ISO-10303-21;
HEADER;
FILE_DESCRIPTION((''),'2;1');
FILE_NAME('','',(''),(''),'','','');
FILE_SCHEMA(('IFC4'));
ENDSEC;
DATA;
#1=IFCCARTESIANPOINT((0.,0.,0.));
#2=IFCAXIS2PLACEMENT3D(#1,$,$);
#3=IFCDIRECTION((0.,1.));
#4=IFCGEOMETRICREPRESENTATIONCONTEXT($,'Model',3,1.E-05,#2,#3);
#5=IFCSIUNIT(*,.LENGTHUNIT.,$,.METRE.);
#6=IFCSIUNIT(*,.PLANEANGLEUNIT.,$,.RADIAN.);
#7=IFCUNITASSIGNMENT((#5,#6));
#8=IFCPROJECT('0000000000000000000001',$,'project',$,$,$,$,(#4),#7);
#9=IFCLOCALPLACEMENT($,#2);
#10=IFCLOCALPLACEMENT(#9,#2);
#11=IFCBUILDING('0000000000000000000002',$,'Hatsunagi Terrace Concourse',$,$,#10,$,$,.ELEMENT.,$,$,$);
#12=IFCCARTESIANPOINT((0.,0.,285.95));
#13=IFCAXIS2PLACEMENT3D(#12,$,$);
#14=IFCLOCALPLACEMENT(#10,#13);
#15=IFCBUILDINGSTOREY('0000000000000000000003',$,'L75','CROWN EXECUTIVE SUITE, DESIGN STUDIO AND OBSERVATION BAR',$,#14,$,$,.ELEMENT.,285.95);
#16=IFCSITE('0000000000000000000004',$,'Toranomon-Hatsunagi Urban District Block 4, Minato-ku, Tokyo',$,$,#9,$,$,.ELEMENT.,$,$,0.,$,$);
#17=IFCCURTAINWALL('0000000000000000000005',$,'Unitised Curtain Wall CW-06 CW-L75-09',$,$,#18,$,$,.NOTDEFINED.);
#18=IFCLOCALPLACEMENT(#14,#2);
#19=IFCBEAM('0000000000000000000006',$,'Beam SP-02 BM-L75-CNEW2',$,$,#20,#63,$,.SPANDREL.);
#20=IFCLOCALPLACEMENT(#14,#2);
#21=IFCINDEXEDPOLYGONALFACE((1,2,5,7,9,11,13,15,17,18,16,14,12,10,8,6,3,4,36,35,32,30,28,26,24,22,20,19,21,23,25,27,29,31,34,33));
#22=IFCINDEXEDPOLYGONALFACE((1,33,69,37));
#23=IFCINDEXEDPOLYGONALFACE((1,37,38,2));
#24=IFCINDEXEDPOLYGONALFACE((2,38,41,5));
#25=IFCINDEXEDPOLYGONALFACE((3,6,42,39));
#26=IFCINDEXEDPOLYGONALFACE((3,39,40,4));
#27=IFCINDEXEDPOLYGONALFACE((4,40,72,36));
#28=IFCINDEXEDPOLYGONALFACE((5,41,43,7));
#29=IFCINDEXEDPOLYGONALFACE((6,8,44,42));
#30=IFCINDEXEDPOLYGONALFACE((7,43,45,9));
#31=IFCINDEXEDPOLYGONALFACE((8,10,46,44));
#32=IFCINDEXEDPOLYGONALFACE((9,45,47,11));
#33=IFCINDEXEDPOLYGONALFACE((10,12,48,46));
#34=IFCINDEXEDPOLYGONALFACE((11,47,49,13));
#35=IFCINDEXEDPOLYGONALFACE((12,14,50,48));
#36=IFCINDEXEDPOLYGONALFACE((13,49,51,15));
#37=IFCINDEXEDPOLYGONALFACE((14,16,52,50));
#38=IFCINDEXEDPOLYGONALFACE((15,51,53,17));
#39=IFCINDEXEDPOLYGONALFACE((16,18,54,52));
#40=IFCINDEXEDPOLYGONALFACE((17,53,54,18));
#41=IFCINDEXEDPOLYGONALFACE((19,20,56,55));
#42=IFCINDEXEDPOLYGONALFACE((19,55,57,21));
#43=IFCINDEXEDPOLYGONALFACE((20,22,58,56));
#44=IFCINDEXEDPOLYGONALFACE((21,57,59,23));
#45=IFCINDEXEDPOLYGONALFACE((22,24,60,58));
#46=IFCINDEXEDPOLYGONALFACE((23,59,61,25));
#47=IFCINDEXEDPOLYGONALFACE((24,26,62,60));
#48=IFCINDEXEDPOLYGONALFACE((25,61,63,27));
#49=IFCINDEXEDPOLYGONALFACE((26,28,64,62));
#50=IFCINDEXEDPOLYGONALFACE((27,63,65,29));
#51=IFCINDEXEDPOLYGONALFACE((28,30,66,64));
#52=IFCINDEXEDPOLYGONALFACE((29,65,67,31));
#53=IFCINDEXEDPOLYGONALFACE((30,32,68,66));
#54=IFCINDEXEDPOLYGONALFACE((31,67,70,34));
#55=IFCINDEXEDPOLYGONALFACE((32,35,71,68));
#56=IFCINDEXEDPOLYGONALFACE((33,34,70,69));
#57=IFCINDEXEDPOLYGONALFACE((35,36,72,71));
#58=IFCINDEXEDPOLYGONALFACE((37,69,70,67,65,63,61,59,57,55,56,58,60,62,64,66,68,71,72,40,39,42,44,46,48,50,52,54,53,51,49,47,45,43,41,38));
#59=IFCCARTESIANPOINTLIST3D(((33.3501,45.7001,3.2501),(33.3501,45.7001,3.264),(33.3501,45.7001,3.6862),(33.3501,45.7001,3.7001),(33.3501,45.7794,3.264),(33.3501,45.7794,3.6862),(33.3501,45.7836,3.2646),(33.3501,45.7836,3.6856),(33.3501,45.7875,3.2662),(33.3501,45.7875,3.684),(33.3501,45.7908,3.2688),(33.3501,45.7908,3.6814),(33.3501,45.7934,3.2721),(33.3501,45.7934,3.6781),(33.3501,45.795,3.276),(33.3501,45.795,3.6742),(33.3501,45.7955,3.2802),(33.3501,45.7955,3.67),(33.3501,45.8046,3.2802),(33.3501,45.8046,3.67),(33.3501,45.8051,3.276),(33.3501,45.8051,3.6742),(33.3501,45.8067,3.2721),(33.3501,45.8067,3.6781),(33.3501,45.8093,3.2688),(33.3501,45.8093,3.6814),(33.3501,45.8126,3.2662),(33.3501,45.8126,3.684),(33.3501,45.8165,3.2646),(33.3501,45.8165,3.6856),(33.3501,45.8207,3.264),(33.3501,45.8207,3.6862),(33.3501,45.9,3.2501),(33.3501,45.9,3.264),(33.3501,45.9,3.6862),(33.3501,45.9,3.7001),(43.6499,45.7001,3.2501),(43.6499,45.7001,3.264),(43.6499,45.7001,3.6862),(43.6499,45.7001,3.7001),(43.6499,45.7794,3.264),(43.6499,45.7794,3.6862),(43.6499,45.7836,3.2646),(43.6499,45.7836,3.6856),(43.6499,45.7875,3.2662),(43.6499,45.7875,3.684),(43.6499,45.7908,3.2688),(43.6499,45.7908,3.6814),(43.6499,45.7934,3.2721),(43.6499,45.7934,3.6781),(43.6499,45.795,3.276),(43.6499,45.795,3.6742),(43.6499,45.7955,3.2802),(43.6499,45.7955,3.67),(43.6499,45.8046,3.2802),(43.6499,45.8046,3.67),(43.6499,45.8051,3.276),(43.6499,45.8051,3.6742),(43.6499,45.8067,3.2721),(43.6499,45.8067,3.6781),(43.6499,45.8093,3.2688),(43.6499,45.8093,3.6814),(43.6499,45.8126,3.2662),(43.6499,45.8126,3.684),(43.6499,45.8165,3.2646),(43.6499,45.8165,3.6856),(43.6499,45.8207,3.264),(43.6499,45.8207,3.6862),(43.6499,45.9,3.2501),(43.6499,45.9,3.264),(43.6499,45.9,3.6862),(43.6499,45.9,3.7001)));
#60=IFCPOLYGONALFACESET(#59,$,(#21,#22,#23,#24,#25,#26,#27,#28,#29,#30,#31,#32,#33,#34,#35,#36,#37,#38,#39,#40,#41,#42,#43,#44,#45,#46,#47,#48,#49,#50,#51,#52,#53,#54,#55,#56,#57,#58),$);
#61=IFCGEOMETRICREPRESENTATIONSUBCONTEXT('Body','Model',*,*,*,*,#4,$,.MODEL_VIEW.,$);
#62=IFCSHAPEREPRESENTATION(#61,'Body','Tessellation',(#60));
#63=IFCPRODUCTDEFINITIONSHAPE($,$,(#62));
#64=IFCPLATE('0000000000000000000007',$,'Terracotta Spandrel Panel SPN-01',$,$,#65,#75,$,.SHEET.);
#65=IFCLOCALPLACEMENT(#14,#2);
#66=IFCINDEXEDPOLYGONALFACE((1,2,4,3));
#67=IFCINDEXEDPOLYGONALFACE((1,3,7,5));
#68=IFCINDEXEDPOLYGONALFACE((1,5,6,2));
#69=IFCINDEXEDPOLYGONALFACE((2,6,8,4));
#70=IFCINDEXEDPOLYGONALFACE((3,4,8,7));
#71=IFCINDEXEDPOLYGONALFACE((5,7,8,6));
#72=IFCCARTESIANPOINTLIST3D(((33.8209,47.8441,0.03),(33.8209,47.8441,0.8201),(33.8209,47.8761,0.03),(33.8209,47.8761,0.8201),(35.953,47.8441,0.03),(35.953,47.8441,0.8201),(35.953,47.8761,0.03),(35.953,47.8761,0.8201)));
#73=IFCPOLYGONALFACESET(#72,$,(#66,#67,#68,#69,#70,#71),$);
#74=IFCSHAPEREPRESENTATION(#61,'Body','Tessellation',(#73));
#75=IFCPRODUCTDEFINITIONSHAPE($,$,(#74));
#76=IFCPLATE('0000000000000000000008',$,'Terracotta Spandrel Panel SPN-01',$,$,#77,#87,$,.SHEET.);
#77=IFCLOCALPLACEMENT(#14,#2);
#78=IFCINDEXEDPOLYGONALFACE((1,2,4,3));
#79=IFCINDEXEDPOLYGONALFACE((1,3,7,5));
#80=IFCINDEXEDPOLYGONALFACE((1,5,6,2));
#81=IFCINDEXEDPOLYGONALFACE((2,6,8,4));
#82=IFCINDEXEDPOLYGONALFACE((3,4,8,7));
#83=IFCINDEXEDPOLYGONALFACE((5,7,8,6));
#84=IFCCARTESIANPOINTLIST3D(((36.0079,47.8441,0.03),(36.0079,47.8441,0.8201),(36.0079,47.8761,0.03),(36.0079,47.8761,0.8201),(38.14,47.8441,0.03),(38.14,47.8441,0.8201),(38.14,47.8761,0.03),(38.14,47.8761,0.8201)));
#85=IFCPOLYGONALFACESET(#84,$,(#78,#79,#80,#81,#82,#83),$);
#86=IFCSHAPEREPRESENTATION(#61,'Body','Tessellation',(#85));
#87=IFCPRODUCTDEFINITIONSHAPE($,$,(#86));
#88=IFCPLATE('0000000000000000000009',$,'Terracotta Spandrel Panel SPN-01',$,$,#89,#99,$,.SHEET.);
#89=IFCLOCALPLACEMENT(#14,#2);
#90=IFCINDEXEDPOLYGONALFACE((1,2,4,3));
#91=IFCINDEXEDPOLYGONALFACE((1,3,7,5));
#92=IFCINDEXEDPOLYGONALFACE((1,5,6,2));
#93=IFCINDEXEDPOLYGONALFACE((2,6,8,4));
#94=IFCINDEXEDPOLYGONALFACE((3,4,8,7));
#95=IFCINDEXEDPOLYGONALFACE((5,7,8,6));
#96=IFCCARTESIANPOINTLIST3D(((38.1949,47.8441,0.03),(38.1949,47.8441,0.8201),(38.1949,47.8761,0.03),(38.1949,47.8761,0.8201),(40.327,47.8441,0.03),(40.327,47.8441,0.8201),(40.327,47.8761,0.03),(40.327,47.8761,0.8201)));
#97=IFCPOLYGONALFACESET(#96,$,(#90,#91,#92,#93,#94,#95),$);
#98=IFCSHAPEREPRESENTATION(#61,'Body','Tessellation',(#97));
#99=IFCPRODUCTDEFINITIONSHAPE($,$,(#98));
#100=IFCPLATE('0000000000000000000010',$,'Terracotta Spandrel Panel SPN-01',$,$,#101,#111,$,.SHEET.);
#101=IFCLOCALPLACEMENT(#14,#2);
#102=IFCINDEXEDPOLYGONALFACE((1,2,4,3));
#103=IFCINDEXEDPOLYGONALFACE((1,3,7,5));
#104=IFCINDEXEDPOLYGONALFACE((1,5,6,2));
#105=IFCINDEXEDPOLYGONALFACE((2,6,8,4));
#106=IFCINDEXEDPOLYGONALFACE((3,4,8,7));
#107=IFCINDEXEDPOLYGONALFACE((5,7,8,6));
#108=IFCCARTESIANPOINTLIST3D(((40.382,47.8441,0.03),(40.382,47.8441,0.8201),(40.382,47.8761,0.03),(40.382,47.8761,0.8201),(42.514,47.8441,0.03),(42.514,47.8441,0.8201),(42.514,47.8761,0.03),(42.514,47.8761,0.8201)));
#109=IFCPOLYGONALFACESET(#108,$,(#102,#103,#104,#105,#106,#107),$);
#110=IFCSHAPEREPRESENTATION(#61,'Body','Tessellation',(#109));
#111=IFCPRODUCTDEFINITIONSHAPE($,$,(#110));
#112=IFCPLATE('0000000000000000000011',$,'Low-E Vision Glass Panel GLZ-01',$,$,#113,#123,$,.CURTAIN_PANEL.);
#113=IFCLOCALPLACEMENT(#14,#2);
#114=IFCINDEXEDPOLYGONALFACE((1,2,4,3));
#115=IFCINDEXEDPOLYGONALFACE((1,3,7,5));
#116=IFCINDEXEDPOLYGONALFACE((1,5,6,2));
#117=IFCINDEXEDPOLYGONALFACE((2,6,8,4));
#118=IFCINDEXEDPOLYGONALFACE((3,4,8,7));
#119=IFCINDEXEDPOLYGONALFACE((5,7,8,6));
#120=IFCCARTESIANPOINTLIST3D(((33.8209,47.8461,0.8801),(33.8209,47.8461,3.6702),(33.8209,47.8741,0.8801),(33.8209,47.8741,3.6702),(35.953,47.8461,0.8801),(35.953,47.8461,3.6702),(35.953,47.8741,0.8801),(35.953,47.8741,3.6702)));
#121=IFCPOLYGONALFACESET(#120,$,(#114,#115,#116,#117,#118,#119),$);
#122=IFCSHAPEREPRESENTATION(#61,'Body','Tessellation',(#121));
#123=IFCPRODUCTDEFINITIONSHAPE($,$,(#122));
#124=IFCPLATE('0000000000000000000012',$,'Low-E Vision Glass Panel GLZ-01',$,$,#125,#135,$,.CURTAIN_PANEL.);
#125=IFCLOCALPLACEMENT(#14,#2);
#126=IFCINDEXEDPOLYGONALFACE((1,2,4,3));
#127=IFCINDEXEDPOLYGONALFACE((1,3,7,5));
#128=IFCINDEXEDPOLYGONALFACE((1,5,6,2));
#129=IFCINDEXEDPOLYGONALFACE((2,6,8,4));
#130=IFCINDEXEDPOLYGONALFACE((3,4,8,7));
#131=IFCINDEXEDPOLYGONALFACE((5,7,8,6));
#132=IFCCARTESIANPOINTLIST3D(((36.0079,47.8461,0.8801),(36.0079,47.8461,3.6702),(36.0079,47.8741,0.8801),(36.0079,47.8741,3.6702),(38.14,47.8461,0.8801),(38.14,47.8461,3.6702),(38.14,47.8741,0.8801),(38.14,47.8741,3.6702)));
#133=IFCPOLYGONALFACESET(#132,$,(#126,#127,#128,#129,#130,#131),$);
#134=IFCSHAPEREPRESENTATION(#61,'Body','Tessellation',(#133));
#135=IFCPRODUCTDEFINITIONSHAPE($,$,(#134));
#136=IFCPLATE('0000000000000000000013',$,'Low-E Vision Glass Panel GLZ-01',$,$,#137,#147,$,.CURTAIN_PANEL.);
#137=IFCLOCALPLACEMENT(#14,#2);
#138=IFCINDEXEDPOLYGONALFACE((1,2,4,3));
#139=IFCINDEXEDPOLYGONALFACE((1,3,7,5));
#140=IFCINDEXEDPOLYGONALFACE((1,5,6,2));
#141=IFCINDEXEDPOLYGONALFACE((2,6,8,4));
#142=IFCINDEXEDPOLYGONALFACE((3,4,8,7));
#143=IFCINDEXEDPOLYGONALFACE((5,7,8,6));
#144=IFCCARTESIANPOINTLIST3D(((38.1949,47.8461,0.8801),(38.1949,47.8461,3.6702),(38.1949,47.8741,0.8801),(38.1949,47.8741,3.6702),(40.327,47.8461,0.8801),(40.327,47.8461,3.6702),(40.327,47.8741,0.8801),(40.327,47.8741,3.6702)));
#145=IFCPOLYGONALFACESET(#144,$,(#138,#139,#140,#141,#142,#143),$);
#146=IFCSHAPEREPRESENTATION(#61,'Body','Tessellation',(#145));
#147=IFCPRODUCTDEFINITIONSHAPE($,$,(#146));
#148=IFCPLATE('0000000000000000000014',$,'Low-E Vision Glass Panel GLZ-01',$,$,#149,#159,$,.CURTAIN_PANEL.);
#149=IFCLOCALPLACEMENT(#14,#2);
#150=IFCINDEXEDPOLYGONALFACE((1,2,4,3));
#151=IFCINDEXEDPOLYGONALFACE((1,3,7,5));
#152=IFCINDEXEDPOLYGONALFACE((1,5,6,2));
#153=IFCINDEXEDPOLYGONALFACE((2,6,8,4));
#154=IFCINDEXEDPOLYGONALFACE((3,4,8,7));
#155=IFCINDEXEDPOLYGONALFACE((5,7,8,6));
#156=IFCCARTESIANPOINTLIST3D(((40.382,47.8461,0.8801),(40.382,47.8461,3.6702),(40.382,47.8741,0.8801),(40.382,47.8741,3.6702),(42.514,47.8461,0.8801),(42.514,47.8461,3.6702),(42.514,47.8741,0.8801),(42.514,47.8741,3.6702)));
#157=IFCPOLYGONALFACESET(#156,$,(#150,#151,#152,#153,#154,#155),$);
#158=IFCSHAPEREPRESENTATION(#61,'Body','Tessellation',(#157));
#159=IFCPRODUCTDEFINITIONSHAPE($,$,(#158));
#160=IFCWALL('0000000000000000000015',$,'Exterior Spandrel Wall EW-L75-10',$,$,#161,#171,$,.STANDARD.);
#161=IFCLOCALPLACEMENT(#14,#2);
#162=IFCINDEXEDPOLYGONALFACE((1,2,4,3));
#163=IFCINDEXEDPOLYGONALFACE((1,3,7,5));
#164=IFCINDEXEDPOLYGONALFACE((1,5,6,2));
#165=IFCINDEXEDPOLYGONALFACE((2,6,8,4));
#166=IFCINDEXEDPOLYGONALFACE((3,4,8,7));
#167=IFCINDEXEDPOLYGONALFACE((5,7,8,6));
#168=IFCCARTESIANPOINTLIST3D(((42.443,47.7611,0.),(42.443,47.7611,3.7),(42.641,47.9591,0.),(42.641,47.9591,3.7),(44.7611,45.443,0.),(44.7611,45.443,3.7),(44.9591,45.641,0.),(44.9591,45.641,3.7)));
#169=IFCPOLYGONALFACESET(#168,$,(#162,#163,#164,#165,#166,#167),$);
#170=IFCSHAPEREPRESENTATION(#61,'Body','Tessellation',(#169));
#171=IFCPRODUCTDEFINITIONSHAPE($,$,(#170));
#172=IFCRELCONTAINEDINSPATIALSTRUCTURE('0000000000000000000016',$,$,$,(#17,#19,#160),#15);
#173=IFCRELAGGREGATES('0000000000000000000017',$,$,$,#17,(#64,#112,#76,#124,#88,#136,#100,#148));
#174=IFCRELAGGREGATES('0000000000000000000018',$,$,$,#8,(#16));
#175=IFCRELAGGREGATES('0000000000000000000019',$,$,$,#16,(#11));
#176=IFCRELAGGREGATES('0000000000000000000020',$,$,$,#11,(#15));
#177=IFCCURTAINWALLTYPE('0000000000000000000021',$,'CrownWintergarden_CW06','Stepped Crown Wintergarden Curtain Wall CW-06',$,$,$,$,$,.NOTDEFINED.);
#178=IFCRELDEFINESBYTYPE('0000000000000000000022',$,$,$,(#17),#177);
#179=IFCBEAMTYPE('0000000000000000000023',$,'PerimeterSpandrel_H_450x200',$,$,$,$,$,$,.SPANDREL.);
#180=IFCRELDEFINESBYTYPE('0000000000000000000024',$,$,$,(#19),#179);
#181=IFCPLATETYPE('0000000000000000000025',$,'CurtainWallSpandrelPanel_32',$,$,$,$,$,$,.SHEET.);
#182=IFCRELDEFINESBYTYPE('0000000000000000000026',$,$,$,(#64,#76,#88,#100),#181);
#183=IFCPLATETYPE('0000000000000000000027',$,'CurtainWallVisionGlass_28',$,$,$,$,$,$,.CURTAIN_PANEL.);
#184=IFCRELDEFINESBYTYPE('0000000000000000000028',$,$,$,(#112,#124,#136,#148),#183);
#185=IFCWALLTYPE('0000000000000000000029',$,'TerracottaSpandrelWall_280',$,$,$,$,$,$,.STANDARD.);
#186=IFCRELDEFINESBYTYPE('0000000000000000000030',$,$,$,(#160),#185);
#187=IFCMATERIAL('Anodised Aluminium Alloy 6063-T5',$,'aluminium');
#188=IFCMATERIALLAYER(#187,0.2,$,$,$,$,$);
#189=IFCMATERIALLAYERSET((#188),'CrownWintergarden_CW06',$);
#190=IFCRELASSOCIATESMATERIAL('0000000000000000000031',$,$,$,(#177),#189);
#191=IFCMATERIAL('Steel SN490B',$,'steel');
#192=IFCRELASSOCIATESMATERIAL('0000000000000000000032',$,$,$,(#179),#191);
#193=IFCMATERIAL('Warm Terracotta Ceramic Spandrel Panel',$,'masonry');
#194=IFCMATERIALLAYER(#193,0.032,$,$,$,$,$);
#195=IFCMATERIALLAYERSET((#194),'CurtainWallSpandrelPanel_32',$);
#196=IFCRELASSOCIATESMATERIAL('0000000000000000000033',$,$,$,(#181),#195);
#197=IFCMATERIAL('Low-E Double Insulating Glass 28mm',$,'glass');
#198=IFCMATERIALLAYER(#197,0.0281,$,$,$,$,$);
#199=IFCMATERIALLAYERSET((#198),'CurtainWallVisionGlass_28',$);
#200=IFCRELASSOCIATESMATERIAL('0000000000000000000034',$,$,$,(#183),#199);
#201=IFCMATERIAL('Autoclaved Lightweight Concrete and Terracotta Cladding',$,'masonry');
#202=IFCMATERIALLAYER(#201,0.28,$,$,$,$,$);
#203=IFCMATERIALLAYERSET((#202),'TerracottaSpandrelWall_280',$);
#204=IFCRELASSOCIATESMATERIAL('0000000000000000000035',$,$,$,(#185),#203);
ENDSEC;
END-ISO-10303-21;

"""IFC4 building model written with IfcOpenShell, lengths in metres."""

from ifc_helpers import new_model, si_unit, direction, frame, frame_2d, origin, origin_2d, place, context, subcontext, project, spatial, rectangle, i_section, extrude, material, layer, layer_set, material_profile, profile_set, type_object, element, aggregate, save


model = new_model("IFC4")

# Units and contexts
model_context = context("Model", 3, precision=1e-05, world=origin(), true_north=direction((0.0, 1.0)))
body_context = subcontext(model_context, "Body", "Model", "MODEL_VIEW")
ifc_project = project(units=[si_unit("LENGTHUNIT", "METRE"), si_unit("PLANEANGLEUNIT", "RADIAN")], contexts=[model_context])

# Site, building, storey
site_placement = place(None, origin())
site = spatial("IfcSite", under=ifc_project, at=site_placement, Name="Toranomon-Hatsunagi Urban District Block 4, Minato-ku, Tokyo", CompositionType="ELEMENT", RefElevation=0.0)
building_placement = place(site_placement, origin())
building = spatial("IfcBuilding", under=site, at=building_placement, Name="Hatsunagi Terrace Concourse", CompositionType="ELEMENT")
storey_placement = place(building_placement, frame((0.0, 0.0, 285.95)))
storey = spatial("IfcBuildingStorey", under=building, at=storey_placement, Name="L75", Description="CROWN EXECUTIVE SUITE, DESIGN STUDIO AND OBSERVATION BAR", CompositionType="ELEMENT", Elevation=285.95)

# Curtain wall
ifc_material_1 = material(Name="Anodised Aluminium Alloy 6063-T5", Category="aluminium")
ifc_layer_1 = layer(ifc_material_1, 0.2)
ifc_layer_set_1 = layer_set([ifc_layer_1], Name="CrownWintergarden_CW06")
curtain_wall_type = type_object("IfcCurtainWallType", Name="CrownWintergarden_CW06", Description="Stepped Crown Wintergarden Curtain Wall CW-06", PredefinedType="NOTDEFINED", material=ifc_layer_set_1)
curtain_wall_placement = place(storey_placement, origin())
curtain_wall = element("IfcCurtainWall", 1, at=curtain_wall_placement, inside=storey, type_object=curtain_wall_type, Name="Unitised Curtain Wall CW-06 CW-L75-09", PredefinedType="NOTDEFINED")

# Beam
ifc_material_2 = material(Name="Steel SN490B", Category="steel")
ifc_material_profile_1 = material_profile(ifc_material_2, i_section(OverallWidth=0.2, OverallDepth=0.45, WebThickness=0.009, FlangeThickness=0.0139, FilletRadius=0.0161, at=origin_2d()), Name="H-450x200x9x14")
ifc_profile_set_1 = profile_set([ifc_material_profile_1], Name="Steel SN490B")
beam_type_1 = type_object("IfcBeamType", Name="PerimeterSpandrel_H_450x200", PredefinedType="SPANDREL", material=ifc_profile_set_1)
beam_1_placement = place(storey_placement, frame((33.3501, 45.8, 3.4751), z_axis=(1.0, 0.0, 0.0), x_axis=(0.0, 1.0, 0.0)))
element("IfcBeam", 2, at=beam_1_placement, inside=storey, type_object=beam_type_1, Name="Beam SP-02 BM-L75-CNEW2", PredefinedType="SPANDREL", context=body_context, shape_type="SweptSolid", body=[
    extrude(i_section(OverallWidth=0.2, OverallDepth=0.45, WebThickness=0.009, FlangeThickness=0.0139, FilletRadius=0.0161, at=origin_2d()), origin(), (0.0, 0.0, 1.0), 10.2998),
])

# Plates
ifc_material_3 = material(Name="Warm Terracotta Ceramic Spandrel Panel", Category="masonry")
ifc_layer_2 = layer(ifc_material_3, 0.032)
ifc_layer_set_2 = layer_set([ifc_layer_2], Name="CurtainWallSpandrelPanel_32")
plate_type_1 = type_object("IfcPlateType", Name="CurtainWallSpandrelPanel_32", PredefinedType="SHEET", material=ifc_layer_set_2)
plate_1_placement = place(storey_placement, frame((34.887, 47.8601, 0.03), z_axis=(0.0, 0.0, 1.0), x_axis=(1.0, 0.0, 0.0)))
plate_1 = element("IfcPlate", 3, at=plate_1_placement, type_object=plate_type_1, Name="Terracotta Spandrel Panel SPN-01", PredefinedType="SHEET", context=body_context, shape_type="SweptSolid", body=[
    extrude(rectangle(XDim=2.1321, YDim=0.032, at=origin_2d()), origin(), (0.0, 0.0, 1.0), 0.79),
])
plate_2_placement = place(storey_placement, frame((37.074, 47.8601, 0.03), z_axis=(0.0, 0.0, 1.0), x_axis=(1.0, 0.0, 0.0)))
plate_2 = element("IfcPlate", 4, at=plate_2_placement, type_object=plate_type_1, Name="Terracotta Spandrel Panel SPN-01", PredefinedType="SHEET", context=body_context, shape_type="SweptSolid", body=[
    extrude(rectangle(XDim=2.1321, YDim=0.032, at=origin_2d()), origin(), (0.0, 0.0, 1.0), 0.79),
])
plate_3_placement = place(storey_placement, frame((39.261, 47.8601, 0.03), z_axis=(0.0, 0.0, 1.0), x_axis=(1.0, 0.0, 0.0)))
plate_3 = element("IfcPlate", 5, at=plate_3_placement, type_object=plate_type_1, Name="Terracotta Spandrel Panel SPN-01", PredefinedType="SHEET", context=body_context, shape_type="SweptSolid", body=[
    extrude(rectangle(XDim=2.1321, YDim=0.032, at=origin_2d()), origin(), (0.0, 0.0, 1.0), 0.79),
])
plate_4_placement = place(storey_placement, frame((41.448, 47.8601, 0.03), z_axis=(0.0, 0.0, 1.0), x_axis=(1.0, 0.0, 0.0)))
plate_4 = element("IfcPlate", 6, at=plate_4_placement, type_object=plate_type_1, Name="Terracotta Spandrel Panel SPN-01", PredefinedType="SHEET", context=body_context, shape_type="SweptSolid", body=[
    extrude(rectangle(XDim=2.1321, YDim=0.032, at=origin_2d()), origin(), (0.0, 0.0, 1.0), 0.79),
])
ifc_material_4 = material(Name="Low-E Double Insulating Glass 28mm", Category="glass")
ifc_layer_3 = layer(ifc_material_4, 0.0281)
ifc_layer_set_3 = layer_set([ifc_layer_3], Name="CurtainWallVisionGlass_28")
plate_type_2 = type_object("IfcPlateType", Name="CurtainWallVisionGlass_28", PredefinedType="CURTAIN_PANEL", material=ifc_layer_set_3)
plate_5_placement = place(storey_placement, frame((34.887, 47.8601, 0.8801), z_axis=(0.0, 0.0, 1.0), x_axis=(1.0, 0.0, 0.0)))
plate_5 = element("IfcPlate", 7, at=plate_5_placement, type_object=plate_type_2, Name="Low-E Vision Glass Panel GLZ-01", PredefinedType="CURTAIN_PANEL", context=body_context, shape_type="SweptSolid", body=[
    extrude(rectangle(XDim=2.1321, YDim=0.0281, at=origin_2d()), origin(), (0.0, 0.0, 1.0), 2.79),
])
plate_6_placement = place(storey_placement, frame((37.074, 47.8601, 0.8801), z_axis=(0.0, 0.0, 1.0), x_axis=(1.0, 0.0, 0.0)))
plate_6 = element("IfcPlate", 8, at=plate_6_placement, type_object=plate_type_2, Name="Low-E Vision Glass Panel GLZ-01", PredefinedType="CURTAIN_PANEL", context=body_context, shape_type="SweptSolid", body=[
    extrude(rectangle(XDim=2.1321, YDim=0.0281, at=origin_2d()), origin(), (0.0, 0.0, 1.0), 2.79),
])
plate_7_placement = place(storey_placement, frame((39.261, 47.8601, 0.8801), z_axis=(0.0, 0.0, 1.0), x_axis=(1.0, 0.0, 0.0)))
plate_7 = element("IfcPlate", 9, at=plate_7_placement, type_object=plate_type_2, Name="Low-E Vision Glass Panel GLZ-01", PredefinedType="CURTAIN_PANEL", context=body_context, shape_type="SweptSolid", body=[
    extrude(rectangle(XDim=2.1321, YDim=0.0281, at=origin_2d()), origin(), (0.0, 0.0, 1.0), 2.79),
])
plate_8_placement = place(storey_placement, frame((41.448, 47.8601, 0.8801), z_axis=(0.0, 0.0, 1.0), x_axis=(1.0, 0.0, 0.0)))
plate_8 = element("IfcPlate", 10, at=plate_8_placement, type_object=plate_type_2, Name="Low-E Vision Glass Panel GLZ-01", PredefinedType="CURTAIN_PANEL", context=body_context, shape_type="SweptSolid", body=[
    extrude(rectangle(XDim=2.1321, YDim=0.0281, at=origin_2d()), origin(), (0.0, 0.0, 1.0), 2.79),
])
aggregate(curtain_wall, [plate_1, plate_5, plate_2, plate_6, plate_3, plate_7, plate_4, plate_8])

# Wall
ifc_material_5 = material(Name="Autoclaved Lightweight Concrete and Terracotta Cladding", Category="masonry")
ifc_layer_4 = layer(ifc_material_5, 0.28)
ifc_layer_set_4 = layer_set([ifc_layer_4], Name="TerracottaSpandrelWall_280")
wall_type = type_object("IfcWallType", Name="TerracottaSpandrelWall_280", PredefinedType="STANDARD", material=ifc_layer_set_4)
wall_placement = place(storey_placement, frame((42.542, 47.8601, 0.0), z_axis=(0.0, 0.0, 1.0), x_axis=(0.707107, -0.707107, 0.0)))
element("IfcWall", 11, at=wall_placement, inside=storey, type_object=wall_type, Name="Exterior Spandrel Wall EW-L75-10", PredefinedType="STANDARD", context=body_context, shape_type="SweptSolid", body=[
    extrude(rectangle(XDim=3.2783, YDim=0.28, at=frame_2d((1.6392, 0.0))), origin(), (0.0, 0.0, 1.0), 3.7),
])

save(model, "model.ifc")
